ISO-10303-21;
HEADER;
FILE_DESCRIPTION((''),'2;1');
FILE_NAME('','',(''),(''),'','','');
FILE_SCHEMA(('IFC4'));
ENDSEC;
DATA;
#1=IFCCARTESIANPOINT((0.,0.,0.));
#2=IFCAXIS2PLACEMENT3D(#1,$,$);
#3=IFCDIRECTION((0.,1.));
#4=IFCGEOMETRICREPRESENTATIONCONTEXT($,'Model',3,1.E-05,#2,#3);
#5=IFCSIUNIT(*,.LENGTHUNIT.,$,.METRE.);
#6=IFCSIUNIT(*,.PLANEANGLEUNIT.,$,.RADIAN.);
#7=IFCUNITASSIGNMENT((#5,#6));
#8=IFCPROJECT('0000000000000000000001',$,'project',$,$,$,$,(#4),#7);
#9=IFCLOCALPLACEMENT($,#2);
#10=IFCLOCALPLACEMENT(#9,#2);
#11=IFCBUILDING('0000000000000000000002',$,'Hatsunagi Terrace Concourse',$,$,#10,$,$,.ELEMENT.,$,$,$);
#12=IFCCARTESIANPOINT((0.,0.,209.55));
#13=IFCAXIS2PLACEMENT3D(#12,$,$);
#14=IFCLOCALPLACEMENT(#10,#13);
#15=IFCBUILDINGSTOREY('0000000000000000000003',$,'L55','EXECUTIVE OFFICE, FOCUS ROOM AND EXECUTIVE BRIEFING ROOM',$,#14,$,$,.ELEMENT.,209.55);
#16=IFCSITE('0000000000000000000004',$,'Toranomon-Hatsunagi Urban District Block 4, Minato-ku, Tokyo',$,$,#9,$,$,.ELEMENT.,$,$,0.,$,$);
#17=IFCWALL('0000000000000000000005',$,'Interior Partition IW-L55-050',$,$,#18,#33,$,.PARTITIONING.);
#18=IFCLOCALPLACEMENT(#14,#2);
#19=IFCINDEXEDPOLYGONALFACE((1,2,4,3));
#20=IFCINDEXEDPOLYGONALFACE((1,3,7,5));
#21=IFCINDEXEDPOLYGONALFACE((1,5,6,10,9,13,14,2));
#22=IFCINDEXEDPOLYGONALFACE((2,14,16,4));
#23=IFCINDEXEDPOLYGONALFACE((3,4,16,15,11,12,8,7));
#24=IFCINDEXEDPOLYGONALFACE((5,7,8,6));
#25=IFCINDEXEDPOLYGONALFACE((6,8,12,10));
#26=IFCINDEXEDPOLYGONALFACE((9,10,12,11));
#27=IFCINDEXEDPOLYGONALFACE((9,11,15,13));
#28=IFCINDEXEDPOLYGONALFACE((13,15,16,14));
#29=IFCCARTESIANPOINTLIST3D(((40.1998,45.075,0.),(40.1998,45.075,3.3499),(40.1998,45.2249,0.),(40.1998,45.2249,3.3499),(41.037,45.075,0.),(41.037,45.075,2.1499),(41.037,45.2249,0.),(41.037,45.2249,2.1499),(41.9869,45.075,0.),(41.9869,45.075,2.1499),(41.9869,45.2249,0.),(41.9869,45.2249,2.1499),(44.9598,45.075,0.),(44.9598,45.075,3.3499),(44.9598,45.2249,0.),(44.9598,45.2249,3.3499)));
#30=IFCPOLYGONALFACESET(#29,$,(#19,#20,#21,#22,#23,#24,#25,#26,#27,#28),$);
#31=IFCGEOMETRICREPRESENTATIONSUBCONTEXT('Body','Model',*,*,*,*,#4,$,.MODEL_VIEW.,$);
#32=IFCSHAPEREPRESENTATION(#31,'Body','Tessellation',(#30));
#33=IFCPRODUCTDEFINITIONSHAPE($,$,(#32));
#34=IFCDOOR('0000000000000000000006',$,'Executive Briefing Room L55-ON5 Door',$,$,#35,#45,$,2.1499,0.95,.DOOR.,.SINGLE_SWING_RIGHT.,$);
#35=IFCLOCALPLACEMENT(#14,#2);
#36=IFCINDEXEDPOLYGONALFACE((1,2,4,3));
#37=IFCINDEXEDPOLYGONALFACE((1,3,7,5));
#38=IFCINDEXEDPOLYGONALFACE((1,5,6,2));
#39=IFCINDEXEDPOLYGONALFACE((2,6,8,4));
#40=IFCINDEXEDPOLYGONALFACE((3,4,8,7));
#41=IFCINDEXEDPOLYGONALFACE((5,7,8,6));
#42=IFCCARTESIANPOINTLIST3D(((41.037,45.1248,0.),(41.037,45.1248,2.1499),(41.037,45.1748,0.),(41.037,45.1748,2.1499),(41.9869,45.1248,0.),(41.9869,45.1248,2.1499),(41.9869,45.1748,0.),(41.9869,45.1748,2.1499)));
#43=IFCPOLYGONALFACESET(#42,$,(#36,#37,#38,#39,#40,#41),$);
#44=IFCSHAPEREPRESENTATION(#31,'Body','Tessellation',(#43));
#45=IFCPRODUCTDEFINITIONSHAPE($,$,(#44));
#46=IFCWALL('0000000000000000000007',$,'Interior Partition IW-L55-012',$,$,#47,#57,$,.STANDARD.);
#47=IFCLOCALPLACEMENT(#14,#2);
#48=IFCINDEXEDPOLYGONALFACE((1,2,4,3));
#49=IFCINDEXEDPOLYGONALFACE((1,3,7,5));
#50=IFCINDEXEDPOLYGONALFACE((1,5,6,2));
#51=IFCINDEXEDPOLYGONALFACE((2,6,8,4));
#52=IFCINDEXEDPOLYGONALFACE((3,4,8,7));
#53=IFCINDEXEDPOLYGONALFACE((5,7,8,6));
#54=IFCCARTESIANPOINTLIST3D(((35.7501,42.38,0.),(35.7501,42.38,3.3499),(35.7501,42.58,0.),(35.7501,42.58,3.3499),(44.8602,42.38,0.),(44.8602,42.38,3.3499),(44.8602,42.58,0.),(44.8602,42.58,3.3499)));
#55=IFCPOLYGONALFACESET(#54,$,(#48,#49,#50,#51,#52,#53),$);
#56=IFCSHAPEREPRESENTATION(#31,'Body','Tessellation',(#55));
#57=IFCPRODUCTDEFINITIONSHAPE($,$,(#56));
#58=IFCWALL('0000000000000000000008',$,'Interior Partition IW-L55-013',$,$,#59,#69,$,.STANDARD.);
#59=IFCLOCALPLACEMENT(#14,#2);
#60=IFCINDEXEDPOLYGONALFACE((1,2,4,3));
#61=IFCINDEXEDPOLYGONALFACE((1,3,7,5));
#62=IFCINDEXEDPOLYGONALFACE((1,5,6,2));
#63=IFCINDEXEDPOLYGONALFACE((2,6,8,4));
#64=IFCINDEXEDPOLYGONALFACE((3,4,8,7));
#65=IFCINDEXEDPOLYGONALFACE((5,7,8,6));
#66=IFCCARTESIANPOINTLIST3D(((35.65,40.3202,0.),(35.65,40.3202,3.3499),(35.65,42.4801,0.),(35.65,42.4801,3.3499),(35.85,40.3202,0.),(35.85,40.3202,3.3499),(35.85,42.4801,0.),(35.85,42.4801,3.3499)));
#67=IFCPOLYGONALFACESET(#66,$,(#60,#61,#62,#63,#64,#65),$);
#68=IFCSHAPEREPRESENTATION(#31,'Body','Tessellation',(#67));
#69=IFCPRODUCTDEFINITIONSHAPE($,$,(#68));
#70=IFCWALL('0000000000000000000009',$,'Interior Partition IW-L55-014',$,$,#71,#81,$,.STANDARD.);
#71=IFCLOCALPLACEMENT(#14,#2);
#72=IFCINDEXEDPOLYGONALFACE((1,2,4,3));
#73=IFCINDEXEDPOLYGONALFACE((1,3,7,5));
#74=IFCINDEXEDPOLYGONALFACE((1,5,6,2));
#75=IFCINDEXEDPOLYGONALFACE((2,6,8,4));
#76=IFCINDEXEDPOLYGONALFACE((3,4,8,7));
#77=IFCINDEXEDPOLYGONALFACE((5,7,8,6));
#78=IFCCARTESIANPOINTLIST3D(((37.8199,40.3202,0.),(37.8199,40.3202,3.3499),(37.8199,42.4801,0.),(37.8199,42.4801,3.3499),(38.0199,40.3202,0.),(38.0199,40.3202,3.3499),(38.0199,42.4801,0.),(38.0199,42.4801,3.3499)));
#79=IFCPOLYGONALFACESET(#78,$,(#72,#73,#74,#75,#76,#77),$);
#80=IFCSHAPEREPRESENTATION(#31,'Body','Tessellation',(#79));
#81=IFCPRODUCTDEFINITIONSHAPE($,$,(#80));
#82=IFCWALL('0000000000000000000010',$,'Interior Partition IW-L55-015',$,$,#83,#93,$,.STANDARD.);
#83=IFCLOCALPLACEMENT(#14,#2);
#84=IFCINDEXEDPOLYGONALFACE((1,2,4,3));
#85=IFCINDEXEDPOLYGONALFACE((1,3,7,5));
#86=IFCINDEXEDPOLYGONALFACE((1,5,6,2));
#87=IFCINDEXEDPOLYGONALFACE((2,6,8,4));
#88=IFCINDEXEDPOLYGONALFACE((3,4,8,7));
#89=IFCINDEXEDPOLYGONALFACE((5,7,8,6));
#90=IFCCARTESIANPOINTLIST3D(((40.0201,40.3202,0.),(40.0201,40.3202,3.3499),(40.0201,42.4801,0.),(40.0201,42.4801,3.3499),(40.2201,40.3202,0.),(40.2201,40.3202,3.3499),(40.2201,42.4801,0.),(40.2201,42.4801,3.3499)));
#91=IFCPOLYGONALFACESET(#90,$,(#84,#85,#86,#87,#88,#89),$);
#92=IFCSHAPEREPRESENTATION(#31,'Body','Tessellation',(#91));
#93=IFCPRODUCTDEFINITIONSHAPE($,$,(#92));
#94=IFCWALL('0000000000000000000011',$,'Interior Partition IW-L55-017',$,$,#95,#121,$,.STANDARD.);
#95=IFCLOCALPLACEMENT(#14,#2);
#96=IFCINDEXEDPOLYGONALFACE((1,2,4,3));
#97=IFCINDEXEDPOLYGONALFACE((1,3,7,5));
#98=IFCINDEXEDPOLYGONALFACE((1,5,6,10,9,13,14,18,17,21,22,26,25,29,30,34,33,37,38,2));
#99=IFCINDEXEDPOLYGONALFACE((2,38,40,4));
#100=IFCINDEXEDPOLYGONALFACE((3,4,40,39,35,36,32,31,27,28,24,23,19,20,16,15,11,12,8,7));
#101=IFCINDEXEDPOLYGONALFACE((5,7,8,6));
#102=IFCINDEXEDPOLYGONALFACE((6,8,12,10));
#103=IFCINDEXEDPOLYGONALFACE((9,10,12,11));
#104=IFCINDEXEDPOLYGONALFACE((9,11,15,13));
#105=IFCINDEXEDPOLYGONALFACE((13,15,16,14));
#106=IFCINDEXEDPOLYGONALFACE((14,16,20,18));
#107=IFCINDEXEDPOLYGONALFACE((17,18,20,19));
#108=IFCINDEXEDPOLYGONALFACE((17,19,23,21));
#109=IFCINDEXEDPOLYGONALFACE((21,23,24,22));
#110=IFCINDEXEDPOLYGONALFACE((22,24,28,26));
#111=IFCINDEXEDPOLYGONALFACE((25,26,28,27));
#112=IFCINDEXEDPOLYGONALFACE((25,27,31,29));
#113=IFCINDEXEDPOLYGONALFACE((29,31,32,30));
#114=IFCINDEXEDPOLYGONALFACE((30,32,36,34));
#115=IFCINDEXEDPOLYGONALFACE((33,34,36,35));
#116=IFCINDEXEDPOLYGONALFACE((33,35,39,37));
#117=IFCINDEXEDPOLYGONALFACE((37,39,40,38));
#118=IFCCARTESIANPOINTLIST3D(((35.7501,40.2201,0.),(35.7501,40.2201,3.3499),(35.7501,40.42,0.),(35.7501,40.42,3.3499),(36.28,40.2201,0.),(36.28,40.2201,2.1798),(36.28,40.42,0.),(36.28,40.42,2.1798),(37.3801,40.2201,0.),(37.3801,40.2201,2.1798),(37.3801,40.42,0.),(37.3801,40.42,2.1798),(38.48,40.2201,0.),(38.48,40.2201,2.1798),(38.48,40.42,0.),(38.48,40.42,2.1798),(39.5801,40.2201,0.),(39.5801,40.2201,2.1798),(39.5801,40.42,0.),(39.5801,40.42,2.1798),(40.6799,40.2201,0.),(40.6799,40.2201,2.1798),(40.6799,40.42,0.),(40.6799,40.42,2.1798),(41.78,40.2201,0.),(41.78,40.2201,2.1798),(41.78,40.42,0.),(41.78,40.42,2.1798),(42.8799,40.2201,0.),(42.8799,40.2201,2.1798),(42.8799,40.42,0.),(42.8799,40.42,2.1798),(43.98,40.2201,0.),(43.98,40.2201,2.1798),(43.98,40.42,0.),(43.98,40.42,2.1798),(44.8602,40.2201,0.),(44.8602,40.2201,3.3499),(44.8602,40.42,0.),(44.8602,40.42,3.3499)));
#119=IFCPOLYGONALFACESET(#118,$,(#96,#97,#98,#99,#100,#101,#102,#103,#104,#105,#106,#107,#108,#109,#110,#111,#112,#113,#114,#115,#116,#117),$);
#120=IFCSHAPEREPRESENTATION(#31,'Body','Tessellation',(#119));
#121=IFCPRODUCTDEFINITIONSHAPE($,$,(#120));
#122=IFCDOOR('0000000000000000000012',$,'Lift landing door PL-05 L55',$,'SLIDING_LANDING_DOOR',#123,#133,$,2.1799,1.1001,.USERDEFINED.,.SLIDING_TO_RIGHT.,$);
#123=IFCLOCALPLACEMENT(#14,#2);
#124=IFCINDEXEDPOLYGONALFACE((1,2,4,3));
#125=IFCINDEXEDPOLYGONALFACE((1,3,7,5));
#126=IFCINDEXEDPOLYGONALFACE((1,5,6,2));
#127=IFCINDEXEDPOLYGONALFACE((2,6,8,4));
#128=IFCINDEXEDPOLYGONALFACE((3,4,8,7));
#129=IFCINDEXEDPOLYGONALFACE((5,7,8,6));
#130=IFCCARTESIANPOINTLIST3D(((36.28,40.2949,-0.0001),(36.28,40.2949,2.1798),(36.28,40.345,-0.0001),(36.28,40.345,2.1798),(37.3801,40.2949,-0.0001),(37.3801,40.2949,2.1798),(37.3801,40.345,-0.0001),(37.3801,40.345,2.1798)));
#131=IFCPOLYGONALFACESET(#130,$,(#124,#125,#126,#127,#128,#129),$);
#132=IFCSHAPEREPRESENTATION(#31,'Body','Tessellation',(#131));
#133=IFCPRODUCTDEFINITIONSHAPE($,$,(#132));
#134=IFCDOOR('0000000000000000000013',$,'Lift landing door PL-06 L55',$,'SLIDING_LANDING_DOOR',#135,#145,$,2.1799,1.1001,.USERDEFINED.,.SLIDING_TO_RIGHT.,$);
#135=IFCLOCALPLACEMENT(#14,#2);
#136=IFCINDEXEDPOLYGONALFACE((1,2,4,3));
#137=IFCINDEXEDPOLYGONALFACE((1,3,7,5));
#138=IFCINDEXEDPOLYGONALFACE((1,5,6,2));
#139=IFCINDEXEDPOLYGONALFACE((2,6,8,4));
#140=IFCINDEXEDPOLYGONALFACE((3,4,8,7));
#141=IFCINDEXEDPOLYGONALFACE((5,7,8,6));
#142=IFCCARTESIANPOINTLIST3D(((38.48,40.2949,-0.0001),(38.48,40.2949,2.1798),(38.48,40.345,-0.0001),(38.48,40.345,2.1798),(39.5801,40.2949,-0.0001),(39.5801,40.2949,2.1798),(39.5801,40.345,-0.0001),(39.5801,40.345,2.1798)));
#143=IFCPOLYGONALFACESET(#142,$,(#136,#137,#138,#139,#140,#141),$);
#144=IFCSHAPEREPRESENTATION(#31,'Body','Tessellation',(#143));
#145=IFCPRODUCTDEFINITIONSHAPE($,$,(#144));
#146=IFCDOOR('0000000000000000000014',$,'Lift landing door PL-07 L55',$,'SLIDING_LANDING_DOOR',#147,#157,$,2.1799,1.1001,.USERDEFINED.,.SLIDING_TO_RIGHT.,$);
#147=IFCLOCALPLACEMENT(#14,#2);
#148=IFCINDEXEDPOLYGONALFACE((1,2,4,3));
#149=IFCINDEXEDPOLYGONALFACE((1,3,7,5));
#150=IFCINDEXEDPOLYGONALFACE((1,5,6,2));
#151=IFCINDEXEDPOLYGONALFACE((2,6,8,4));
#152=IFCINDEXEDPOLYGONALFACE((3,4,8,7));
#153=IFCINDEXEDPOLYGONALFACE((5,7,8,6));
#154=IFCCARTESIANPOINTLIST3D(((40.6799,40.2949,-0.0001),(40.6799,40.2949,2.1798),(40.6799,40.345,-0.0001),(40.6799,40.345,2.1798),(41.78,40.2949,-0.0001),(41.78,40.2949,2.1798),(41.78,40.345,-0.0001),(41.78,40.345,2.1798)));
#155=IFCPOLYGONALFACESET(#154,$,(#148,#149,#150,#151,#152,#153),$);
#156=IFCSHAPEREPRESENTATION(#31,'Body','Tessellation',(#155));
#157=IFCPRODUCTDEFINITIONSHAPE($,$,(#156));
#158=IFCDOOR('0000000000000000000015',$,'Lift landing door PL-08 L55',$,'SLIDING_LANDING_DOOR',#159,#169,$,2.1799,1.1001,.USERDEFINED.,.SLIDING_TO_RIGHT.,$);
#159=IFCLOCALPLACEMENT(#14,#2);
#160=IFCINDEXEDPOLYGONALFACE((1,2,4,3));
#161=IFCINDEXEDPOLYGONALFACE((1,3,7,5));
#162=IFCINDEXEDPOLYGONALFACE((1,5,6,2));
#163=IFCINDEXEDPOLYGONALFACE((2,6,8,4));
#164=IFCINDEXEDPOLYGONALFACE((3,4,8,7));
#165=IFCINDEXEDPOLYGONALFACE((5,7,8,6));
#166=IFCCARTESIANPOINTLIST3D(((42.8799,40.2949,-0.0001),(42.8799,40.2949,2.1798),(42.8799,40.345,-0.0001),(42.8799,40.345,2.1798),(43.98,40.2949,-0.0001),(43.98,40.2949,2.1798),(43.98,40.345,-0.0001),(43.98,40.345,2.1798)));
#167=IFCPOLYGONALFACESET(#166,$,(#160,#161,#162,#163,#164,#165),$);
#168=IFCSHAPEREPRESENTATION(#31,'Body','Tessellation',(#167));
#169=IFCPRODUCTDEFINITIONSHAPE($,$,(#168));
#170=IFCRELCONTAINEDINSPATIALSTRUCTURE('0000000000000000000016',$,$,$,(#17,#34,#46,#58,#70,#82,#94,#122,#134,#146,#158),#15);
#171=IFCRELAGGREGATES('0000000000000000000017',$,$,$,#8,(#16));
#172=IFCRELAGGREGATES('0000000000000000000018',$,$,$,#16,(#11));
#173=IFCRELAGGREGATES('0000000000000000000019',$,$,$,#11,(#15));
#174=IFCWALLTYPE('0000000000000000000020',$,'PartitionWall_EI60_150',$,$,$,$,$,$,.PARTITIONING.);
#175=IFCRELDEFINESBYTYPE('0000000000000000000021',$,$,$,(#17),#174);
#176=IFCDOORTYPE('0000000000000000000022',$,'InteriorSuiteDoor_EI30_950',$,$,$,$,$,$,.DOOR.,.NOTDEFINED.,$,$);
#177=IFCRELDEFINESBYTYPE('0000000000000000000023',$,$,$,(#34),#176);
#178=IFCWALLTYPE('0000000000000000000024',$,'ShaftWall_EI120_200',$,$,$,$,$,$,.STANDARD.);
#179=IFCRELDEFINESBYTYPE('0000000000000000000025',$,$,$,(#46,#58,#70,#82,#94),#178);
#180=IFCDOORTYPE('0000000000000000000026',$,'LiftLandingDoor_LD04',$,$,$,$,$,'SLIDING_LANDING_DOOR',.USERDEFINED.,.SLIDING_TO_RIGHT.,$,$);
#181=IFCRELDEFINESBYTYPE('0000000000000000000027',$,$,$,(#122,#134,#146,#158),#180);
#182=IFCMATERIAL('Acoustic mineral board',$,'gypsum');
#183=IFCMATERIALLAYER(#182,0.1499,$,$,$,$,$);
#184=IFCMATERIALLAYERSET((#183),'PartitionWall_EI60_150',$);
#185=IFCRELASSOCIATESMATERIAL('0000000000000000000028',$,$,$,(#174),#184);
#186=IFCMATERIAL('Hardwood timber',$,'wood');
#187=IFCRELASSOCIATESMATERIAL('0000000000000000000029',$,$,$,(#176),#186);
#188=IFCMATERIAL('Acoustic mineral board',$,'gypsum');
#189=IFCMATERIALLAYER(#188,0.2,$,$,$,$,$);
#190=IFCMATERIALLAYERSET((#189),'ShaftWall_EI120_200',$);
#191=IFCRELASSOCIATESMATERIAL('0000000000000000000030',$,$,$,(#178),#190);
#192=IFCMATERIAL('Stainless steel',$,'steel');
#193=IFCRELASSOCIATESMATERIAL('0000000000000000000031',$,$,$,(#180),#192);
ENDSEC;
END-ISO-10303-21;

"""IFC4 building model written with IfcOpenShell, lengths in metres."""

from ifc_helpers import new_model, si_unit, direction, frame, frame_2d, origin, place, context, subcontext, project, spatial, rectangle, extrude, material, layer, layer_set, type_object, element, fill, save


model = new_model("IFC4")

# Units and contexts
model_context = context("Model", 3, precision=1e-05, world=origin(), true_north=direction((0.0, 1.0)))
body_context = subcontext(model_context, "Body", "Model", "MODEL_VIEW")
ifc_project = project(units=[si_unit("LENGTHUNIT", "METRE"), si_unit("PLANEANGLEUNIT", "RADIAN")], contexts=[model_context])

# Site, building, storey
site_placement = place(None, origin())
site = spatial("IfcSite", under=ifc_project, at=site_placement, Name="Toranomon-Hatsunagi Urban District Block 4, Minato-ku, Tokyo", CompositionType="ELEMENT", RefElevation=0.0)
building_placement = place(site_placement, origin())
building = spatial("IfcBuilding", under=site, at=building_placement, Name="Hatsunagi Terrace Concourse", CompositionType="ELEMENT")
storey_placement = place(building_placement, frame((0.0, 0.0, 209.55)))
storey = spatial("IfcBuildingStorey", under=building, at=storey_placement, Name="L55", Description="EXECUTIVE OFFICE, FOCUS ROOM AND EXECUTIVE BRIEFING ROOM", CompositionType="ELEMENT", Elevation=209.55)

# Shared definitions
ifc_material_1 = material(Name="Acoustic mineral board", Category="gypsum")
ifc_layer_1 = layer(ifc_material_1, 0.1499)
ifc_layer_set_1 = layer_set([ifc_layer_1], Name="PartitionWall_EI60_150")
wall_type_1 = type_object("IfcWallType", Name="PartitionWall_EI60_150", PredefinedType="PARTITIONING", material=ifc_layer_set_1)

# Shared definitions
ifc_material_2 = material(Name="Hardwood timber", Category="wood")
door_type_1 = type_object("IfcDoorType", Name="InteriorSuiteDoor_EI30_950", OperationType="NOTDEFINED", PredefinedType="DOOR", material=ifc_material_2)

# Wall, opening, door
wall_1_placement = place(storey_placement, frame((40.2, 45.1499, 0.0), z_axis=(0.0, 0.0, 1.0), x_axis=(1.0, 0.0, 0.0)))
wall_1 = element("IfcWall", 1, at=wall_1_placement, inside=storey, type_object=wall_type_1, Name="Interior Partition IW-L55-050", PredefinedType="PARTITIONING", context=body_context, shape_type="SweptSolid", body=[
    extrude(rectangle(XDim=4.76, YDim=0.1499, at=frame_2d((2.3799, 0.0))), origin(), (0.0, 0.0, 1.0), 3.3499),
])
opening_1_placement = place(wall_1_placement, frame((0.8369, 0.0, 0.0)))
opening_1 = element("IfcOpeningElement", 2, at=opening_1_placement, cuts=wall_1, PredefinedType="OPENING", context=body_context, shape_type="SweptSolid", body=[
    extrude(rectangle(XDim=0.95, YDim=2.1499, at=frame_2d((0.4751, 1.075))), frame((0.0, 0.085, 0.0), z_axis=(0.0, -1.0, 0.0), x_axis=(1.0, 0.0, 0.0)), (0.0, 0.0, 1.0), 0.1699),
])
door_1_placement = place(opening_1_placement, origin())
door_1 = element("IfcDoor", 3, at=door_1_placement, inside=storey, type_object=door_type_1, Name="Executive Briefing Room L55-ON5 Door", OperationType="SINGLE_SWING_RIGHT", OverallHeight=2.1499, OverallWidth=0.95, PredefinedType="DOOR", context=body_context, shape_type="SweptSolid", body=[
    extrude(rectangle(XDim=0.95, YDim=2.1499, at=frame_2d((0.4751, 1.075))), frame((0.0, 0.0249, 0.0), z_axis=(0.0, -1.0, 0.0), x_axis=(1.0, 0.0, 0.0)), (0.0, 0.0, 1.0), 0.05),
])
fill(opening_1, door_1)

# Walls
ifc_material_3 = material(Name="Acoustic mineral board", Category="gypsum")
ifc_layer_2 = layer(ifc_material_3, 0.2)
ifc_layer_set_2 = layer_set([ifc_layer_2], Name="ShaftWall_EI120_200")
wall_type_2 = type_object("IfcWallType", Name="ShaftWall_EI120_200", PredefinedType="STANDARD", material=ifc_layer_set_2)
wall_2_placement = place(storey_placement, frame((35.75, 42.48, 0.0), z_axis=(0.0, 0.0, 1.0), x_axis=(1.0, 0.0, 0.0)))
element("IfcWall", 4, at=wall_2_placement, inside=storey, type_object=wall_type_2, Name="Interior Partition IW-L55-012", PredefinedType="STANDARD", context=body_context, shape_type="SweptSolid", body=[
    extrude(rectangle(XDim=9.1101, YDim=0.2, at=frame_2d((4.5552, 0.0))), origin(), (0.0, 0.0, 1.0), 3.3499),
])
for number, where, z_axis, x_axis, name in (
    (5, (35.75, 40.3201, 0.0), (0.0, 0.0, 1.0), (0.0, 1.0, 0.0), "Interior Partition IW-L55-013"),
    (6, (37.9199, 40.3201, 0.0), (0.0, 0.0, 1.0), (0.0, 1.0, 0.0), "Interior Partition IW-L55-014"),
    (7, (40.1201, 40.3201, 0.0), (0.0, 0.0, 1.0), (0.0, 1.0, 0.0), "Interior Partition IW-L55-015"),
):
    element("IfcWall", number, at=place(storey_placement, frame(where, z_axis=z_axis, x_axis=x_axis)), inside=storey, type_object=wall_type_2, Name=name, PredefinedType="STANDARD", context=body_context, shape_type="SweptSolid", body=[
        extrude(rectangle(XDim=2.1599, YDim=0.2, at=frame_2d((1.0801, 0.0))), origin(), (0.0, 0.0, 1.0), 3.3499),
    ])

# Wall, openings, doors
wall_3_placement = place(storey_placement, frame((35.75, 40.3201, 0.0), z_axis=(0.0, 0.0, 1.0), x_axis=(1.0, 0.0, 0.0)))
wall_3 = element("IfcWall", 8, at=wall_3_placement, inside=storey, type_object=wall_type_2, Name="Interior Partition IW-L55-017", PredefinedType="STANDARD", context=body_context, shape_type="SweptSolid", body=[
    extrude(rectangle(XDim=9.1101, YDim=0.2, at=frame_2d((4.5552, 0.0))), origin(), (0.0, 0.0, 1.0), 3.3499),
])
opening_2_placement = place(wall_3_placement, frame((0.53, 0.0, 0.0)))
opening_2 = element("IfcOpeningElement", 9, at=opening_2_placement, cuts=wall_3, PredefinedType="OPENING", context=body_context, shape_type="SweptSolid", body=[
    extrude(rectangle(XDim=1.1001, YDim=2.1799, at=frame_2d((0.55, 1.0898))), frame((0.0, 0.1099, 0.0), z_axis=(0.0, -1.0, 0.0), x_axis=(1.0, 0.0, 0.0)), (0.0, 0.0, 1.0), 0.22),
])
opening_3_placement = place(wall_3_placement, frame((2.73, 0.0, 0.0)))
opening_3 = element("IfcOpeningElement", 10, at=opening_3_placement, cuts=wall_3, PredefinedType="OPENING", context=body_context, shape_type="SweptSolid", body=[
    extrude(rectangle(XDim=1.1001, YDim=2.1799, at=frame_2d((0.55, 1.0898))), frame((0.0, 0.1099, 0.0), z_axis=(0.0, -1.0, 0.0), x_axis=(1.0, 0.0, 0.0)), (0.0, 0.0, 1.0), 0.22),
])
opening_4_placement = place(wall_3_placement, frame((4.9299, 0.0, 0.0)))
opening_4 = element("IfcOpeningElement", 11, at=opening_4_placement, cuts=wall_3, PredefinedType="OPENING", context=body_context, shape_type="SweptSolid", body=[
    extrude(rectangle(XDim=1.1001, YDim=2.1799, at=frame_2d((0.55, 1.0898))), frame((0.0, 0.1099, 0.0), z_axis=(0.0, -1.0, 0.0), x_axis=(1.0, 0.0, 0.0)), (0.0, 0.0, 1.0), 0.22),
])
opening_5_placement = place(wall_3_placement, frame((7.1299, 0.0, 0.0)))
opening_5 = element("IfcOpeningElement", 12, at=opening_5_placement, cuts=wall_3, PredefinedType="OPENING", context=body_context, shape_type="SweptSolid", body=[
    extrude(rectangle(XDim=1.1001, YDim=2.1799, at=frame_2d((0.55, 1.0898))), frame((0.0, 0.1099, 0.0), z_axis=(0.0, -1.0, 0.0), x_axis=(1.0, 0.0, 0.0)), (0.0, 0.0, 1.0), 0.22),
])
ifc_material_4 = material(Name="Stainless steel", Category="steel")
door_type_2 = type_object("IfcDoorType", Name="LiftLandingDoor_LD04", ElementType="SLIDING_LANDING_DOOR", OperationType="SLIDING_TO_RIGHT", PredefinedType="USERDEFINED", material=ifc_material_4)
door_2_placement = place(opening_2_placement, origin())
door_2 = element("IfcDoor", 13, at=door_2_placement, inside=storey, type_object=door_type_2, Name="Lift landing door PL-05 L55", ObjectType="SLIDING_LANDING_DOOR", OperationType="SLIDING_TO_RIGHT", OverallHeight=2.1799, OverallWidth=1.1001, PredefinedType="USERDEFINED", context=body_context, shape_type="SweptSolid", body=[
    extrude(rectangle(XDim=1.1001, YDim=2.1799, at=frame_2d((0.55, 1.0898))), frame((0.0, 0.0249, 0.0), z_axis=(0.0, -1.0, 0.0), x_axis=(1.0, 0.0, 0.0)), (0.0, 0.0, 1.0), 0.05),
])
fill(opening_2, door_2)
door_3_placement = place(opening_3_placement, origin())
door_3 = element("IfcDoor", 14, at=door_3_placement, inside=storey, type_object=door_type_2, Name="Lift landing door PL-06 L55", ObjectType="SLIDING_LANDING_DOOR", OperationType="SLIDING_TO_RIGHT", OverallHeight=2.1799, OverallWidth=1.1001, PredefinedType="USERDEFINED", context=body_context, shape_type="SweptSolid", body=[
    extrude(rectangle(XDim=1.1001, YDim=2.1799, at=frame_2d((0.55, 1.0898))), frame((0.0, 0.0249, 0.0), z_axis=(0.0, -1.0, 0.0), x_axis=(1.0, 0.0, 0.0)), (0.0, 0.0, 1.0), 0.05),
])
fill(opening_3, door_3)
door_4_placement = place(opening_4_placement, origin())
door_4 = element("IfcDoor", 15, at=door_4_placement, inside=storey, type_object=door_type_2, Name="Lift landing door PL-07 L55", ObjectType="SLIDING_LANDING_DOOR", OperationType="SLIDING_TO_RIGHT", OverallHeight=2.1799, OverallWidth=1.1001, PredefinedType="USERDEFINED", context=body_context, shape_type="SweptSolid", body=[
    extrude(rectangle(XDim=1.1001, YDim=2.1799, at=frame_2d((0.55, 1.0898))), frame((0.0, 0.0249, 0.0), z_axis=(0.0, -1.0, 0.0), x_axis=(1.0, 0.0, 0.0)), (0.0, 0.0, 1.0), 0.05),
])
fill(opening_4, door_4)
door_5_placement = place(opening_5_placement, origin())
door_5 = element("IfcDoor", 16, at=door_5_placement, inside=storey, type_object=door_type_2, Name="Lift landing door PL-08 L55", ObjectType="SLIDING_LANDING_DOOR", OperationType="SLIDING_TO_RIGHT", OverallHeight=2.1799, OverallWidth=1.1001, PredefinedType="USERDEFINED", context=body_context, shape_type="SweptSolid", body=[
    extrude(rectangle(XDim=1.1001, YDim=2.1799, at=frame_2d((0.55, 1.0898))), frame((0.0, 0.0249, 0.0), z_axis=(0.0, -1.0, 0.0), x_axis=(1.0, 0.0, 0.0)), (0.0, 0.0, 1.0), 0.05),
])
fill(opening_5, door_5)

save(model, "model.ifc")
